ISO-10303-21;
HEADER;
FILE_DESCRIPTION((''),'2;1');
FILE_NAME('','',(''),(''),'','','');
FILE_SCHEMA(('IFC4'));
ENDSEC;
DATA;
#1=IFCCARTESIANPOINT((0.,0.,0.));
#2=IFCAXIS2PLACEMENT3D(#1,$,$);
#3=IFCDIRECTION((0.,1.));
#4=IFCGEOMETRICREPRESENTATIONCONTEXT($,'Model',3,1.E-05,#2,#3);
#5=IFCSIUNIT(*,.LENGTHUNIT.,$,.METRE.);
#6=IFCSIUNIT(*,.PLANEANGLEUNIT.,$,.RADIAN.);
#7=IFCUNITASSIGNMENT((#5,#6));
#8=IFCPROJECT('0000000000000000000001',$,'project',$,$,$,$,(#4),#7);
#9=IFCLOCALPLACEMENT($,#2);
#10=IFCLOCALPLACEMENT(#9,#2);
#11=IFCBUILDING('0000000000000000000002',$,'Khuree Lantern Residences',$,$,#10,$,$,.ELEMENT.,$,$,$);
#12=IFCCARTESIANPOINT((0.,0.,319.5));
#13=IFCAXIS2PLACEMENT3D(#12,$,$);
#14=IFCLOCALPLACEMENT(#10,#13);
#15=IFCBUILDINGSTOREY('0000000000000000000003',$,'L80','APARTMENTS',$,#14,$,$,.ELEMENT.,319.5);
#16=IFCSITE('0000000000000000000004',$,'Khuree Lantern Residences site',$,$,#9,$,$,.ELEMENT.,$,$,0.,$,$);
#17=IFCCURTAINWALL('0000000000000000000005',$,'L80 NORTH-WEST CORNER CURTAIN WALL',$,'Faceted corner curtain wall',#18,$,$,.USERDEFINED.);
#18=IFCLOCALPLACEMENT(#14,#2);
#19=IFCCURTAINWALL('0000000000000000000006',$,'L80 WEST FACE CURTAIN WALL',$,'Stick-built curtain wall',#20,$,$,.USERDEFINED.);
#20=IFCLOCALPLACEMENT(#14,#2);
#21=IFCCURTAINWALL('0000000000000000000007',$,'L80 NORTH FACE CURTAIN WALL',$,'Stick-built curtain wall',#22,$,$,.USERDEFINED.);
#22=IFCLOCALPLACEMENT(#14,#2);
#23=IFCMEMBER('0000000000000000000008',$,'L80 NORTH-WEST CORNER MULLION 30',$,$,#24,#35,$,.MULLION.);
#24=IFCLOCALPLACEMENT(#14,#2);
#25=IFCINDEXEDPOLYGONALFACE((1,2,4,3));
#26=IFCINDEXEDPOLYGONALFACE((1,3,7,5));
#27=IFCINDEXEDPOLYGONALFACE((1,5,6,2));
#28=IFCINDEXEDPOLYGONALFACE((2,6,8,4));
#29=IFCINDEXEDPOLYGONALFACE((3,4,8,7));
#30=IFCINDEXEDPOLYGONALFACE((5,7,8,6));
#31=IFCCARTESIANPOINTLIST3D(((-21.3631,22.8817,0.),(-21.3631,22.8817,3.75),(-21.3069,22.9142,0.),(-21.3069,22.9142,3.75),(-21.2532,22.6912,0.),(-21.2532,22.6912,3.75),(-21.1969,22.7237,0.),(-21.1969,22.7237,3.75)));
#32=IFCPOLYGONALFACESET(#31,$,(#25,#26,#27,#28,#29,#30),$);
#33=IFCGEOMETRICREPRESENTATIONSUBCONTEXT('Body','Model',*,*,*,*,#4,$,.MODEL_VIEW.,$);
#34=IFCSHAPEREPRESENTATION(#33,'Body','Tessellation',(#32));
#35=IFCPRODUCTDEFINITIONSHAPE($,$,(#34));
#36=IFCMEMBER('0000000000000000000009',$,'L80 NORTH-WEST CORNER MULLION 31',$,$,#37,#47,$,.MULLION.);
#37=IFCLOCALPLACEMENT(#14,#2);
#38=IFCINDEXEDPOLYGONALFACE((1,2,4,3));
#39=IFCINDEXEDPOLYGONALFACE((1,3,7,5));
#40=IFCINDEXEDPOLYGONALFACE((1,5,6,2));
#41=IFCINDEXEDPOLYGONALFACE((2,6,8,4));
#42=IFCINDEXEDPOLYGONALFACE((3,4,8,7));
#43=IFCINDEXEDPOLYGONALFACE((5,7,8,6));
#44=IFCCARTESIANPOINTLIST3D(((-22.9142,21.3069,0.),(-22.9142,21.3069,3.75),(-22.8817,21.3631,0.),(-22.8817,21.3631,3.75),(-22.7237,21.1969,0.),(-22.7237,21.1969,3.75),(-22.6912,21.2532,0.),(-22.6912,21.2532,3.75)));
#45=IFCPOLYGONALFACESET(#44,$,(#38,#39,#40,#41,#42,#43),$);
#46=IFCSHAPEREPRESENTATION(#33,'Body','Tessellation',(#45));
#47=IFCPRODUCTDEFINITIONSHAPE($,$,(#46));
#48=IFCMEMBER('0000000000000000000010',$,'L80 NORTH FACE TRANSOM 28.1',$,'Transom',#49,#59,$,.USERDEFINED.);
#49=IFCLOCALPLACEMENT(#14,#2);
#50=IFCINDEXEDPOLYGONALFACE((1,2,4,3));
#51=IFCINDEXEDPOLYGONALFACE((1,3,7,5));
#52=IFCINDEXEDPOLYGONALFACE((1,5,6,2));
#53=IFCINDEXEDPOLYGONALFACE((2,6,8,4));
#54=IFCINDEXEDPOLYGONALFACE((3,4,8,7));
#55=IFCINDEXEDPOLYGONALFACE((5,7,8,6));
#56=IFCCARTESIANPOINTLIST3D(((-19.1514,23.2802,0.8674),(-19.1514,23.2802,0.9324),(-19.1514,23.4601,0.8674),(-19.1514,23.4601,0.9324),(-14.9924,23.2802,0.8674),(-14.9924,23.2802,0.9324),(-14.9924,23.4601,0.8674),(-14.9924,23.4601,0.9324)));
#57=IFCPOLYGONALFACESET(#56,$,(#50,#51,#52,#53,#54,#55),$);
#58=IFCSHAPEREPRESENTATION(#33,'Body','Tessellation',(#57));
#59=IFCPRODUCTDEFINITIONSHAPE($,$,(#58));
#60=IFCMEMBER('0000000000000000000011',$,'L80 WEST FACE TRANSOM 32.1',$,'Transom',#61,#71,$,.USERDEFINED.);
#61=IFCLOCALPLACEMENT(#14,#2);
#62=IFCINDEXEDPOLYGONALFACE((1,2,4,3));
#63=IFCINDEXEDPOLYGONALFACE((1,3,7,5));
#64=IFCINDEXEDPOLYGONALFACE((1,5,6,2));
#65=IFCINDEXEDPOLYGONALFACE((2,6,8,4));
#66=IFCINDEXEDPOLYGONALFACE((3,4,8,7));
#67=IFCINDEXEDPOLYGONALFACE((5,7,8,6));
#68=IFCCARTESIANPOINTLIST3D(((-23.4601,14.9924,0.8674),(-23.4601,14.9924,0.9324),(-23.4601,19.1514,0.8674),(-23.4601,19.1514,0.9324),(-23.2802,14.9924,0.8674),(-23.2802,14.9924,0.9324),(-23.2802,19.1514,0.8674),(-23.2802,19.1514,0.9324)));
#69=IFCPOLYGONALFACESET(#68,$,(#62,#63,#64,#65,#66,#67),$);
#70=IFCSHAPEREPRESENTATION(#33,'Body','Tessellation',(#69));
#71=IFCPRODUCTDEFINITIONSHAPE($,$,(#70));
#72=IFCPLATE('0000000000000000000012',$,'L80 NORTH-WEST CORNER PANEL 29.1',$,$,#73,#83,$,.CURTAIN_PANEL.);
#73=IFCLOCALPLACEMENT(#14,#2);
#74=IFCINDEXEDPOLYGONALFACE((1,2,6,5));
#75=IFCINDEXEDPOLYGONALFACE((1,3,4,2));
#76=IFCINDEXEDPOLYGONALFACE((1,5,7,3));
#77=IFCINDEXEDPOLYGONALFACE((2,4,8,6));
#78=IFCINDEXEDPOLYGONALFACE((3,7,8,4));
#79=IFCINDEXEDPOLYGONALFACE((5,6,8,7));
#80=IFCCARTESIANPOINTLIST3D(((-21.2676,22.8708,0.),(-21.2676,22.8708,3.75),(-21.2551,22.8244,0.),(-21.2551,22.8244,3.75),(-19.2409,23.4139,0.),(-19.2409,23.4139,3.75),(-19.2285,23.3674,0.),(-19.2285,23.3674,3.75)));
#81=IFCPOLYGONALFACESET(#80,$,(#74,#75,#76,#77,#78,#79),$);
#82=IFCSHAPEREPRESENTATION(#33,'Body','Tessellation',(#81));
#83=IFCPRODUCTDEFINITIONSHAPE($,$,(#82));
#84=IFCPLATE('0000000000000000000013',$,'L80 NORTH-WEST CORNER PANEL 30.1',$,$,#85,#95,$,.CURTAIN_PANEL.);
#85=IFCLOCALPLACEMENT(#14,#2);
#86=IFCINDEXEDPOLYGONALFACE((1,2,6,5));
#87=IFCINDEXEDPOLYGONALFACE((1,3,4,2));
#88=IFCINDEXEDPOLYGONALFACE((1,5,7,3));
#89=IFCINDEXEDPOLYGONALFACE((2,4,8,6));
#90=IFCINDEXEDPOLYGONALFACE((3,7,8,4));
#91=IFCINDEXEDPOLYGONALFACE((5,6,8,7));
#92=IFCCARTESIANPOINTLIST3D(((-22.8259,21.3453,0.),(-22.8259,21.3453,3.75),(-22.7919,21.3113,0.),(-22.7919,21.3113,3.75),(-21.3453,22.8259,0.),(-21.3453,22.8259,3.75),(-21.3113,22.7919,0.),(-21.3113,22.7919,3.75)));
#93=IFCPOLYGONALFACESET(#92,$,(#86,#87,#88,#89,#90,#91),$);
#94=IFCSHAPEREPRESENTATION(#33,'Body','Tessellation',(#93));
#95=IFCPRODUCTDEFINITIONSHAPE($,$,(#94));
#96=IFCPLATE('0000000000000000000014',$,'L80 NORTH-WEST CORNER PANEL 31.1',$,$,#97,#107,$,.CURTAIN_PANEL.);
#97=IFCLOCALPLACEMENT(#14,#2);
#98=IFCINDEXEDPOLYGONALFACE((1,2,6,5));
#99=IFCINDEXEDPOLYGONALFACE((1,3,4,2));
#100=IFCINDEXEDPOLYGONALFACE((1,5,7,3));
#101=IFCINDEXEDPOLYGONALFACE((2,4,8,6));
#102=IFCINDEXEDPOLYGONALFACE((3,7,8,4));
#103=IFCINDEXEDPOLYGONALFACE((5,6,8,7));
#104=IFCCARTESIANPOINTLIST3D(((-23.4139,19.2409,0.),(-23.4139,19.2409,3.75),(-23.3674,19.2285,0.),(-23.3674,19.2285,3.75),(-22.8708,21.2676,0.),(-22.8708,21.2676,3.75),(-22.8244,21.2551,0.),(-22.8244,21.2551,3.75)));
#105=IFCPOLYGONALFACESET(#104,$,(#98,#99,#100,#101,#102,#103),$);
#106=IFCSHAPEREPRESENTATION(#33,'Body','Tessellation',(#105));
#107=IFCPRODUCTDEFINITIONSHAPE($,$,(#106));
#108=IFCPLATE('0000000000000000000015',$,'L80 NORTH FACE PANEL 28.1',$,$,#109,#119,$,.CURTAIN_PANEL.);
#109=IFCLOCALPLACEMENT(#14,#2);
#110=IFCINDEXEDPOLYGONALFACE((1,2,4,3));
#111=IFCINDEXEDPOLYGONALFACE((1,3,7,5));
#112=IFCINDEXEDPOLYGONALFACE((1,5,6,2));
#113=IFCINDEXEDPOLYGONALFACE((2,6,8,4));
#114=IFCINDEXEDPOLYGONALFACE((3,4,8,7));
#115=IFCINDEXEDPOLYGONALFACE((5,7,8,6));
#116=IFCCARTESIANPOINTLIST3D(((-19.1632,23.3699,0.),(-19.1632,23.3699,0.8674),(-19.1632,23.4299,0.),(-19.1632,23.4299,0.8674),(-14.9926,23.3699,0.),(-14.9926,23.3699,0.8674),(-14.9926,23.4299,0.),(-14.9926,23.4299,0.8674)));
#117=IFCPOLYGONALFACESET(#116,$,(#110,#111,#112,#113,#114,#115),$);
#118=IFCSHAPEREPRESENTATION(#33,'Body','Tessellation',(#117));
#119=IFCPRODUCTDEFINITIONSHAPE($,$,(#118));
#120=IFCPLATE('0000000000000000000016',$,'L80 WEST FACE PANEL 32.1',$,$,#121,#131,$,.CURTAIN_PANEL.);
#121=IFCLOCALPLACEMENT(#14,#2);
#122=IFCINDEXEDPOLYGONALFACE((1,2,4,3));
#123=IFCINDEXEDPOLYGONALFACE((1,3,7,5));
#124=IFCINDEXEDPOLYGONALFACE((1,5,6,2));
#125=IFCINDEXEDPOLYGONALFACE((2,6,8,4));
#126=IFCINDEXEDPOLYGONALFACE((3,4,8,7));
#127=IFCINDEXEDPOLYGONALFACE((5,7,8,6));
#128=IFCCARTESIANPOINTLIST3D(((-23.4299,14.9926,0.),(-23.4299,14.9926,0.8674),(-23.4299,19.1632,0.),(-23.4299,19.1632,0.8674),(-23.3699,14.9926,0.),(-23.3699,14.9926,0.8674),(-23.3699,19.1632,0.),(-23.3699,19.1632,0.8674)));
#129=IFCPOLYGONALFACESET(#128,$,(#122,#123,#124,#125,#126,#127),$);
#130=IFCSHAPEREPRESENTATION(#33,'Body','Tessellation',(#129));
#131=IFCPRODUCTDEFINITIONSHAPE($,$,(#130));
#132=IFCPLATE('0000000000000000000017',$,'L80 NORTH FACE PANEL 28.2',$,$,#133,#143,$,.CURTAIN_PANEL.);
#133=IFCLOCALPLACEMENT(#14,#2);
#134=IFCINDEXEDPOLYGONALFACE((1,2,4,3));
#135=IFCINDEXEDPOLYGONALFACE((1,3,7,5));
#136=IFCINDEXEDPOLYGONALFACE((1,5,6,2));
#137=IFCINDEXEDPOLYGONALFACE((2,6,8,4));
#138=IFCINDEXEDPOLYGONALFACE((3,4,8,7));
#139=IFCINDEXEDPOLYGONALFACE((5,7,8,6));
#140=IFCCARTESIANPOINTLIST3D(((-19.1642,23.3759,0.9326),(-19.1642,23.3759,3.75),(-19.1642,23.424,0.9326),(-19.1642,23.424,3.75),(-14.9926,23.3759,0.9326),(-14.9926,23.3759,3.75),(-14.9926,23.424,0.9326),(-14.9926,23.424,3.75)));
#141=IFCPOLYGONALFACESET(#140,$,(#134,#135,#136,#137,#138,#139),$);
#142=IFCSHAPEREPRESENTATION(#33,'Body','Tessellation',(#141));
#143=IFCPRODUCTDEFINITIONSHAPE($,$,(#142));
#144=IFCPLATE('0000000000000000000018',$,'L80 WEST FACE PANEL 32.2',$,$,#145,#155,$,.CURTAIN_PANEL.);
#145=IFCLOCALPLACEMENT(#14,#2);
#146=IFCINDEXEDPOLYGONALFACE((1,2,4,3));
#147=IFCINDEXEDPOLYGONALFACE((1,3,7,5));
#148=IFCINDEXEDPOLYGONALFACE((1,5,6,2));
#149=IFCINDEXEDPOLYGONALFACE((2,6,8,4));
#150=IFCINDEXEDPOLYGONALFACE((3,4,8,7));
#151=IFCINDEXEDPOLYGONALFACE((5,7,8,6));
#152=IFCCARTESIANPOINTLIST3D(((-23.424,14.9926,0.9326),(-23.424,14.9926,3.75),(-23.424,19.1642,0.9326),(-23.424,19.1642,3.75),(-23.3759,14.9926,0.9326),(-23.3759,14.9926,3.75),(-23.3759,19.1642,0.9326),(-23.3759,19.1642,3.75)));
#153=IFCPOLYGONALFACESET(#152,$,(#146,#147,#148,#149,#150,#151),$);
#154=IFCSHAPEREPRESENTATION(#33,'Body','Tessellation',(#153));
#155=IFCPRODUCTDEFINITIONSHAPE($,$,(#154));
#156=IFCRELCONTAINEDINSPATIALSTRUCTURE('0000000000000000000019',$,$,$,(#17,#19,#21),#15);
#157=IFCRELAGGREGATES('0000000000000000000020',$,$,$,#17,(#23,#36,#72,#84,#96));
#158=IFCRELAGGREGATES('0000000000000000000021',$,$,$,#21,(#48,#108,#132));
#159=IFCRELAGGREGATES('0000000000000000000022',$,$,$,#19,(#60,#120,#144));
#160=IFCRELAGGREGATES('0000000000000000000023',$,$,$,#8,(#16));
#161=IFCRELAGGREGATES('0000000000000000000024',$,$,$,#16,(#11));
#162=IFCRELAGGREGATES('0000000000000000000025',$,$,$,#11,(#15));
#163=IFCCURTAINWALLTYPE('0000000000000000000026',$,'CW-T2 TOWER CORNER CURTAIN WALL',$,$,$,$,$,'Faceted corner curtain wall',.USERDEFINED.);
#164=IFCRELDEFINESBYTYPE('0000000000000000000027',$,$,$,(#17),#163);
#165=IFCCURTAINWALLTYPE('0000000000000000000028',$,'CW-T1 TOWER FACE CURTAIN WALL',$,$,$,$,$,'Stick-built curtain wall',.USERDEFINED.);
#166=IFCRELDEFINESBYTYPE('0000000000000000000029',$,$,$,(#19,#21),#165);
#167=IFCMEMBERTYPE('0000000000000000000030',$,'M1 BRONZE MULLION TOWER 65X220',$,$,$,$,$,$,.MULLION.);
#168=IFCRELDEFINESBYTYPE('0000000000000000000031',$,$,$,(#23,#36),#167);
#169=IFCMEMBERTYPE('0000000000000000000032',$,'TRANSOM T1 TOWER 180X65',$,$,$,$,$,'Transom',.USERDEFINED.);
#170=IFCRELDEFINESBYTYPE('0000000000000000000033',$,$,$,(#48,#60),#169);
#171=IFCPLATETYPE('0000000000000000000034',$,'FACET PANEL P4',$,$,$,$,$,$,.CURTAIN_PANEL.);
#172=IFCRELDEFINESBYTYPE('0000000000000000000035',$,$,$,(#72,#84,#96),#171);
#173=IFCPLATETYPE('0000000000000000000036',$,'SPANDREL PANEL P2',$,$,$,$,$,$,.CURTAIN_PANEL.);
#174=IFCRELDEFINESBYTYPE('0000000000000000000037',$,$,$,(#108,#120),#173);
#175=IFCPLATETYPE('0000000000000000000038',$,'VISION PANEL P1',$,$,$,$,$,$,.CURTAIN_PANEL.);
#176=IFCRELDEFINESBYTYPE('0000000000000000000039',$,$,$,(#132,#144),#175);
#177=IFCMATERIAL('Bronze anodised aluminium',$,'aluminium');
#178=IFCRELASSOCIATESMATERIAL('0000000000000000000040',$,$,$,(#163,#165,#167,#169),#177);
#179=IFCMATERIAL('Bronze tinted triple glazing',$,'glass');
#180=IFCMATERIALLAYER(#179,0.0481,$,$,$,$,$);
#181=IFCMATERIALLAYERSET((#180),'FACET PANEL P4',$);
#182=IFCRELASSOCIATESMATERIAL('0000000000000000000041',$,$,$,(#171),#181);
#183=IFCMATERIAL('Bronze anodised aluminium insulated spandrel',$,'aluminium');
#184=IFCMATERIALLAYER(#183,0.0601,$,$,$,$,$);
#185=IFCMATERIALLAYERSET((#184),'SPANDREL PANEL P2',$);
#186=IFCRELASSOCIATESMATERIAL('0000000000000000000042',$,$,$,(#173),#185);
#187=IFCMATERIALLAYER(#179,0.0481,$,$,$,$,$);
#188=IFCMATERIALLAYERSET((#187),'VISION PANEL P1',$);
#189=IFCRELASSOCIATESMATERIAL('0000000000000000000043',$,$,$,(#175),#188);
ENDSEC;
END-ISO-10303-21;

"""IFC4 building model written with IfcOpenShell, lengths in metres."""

from ifc_helpers import new_model, si_unit, direction, frame, origin, origin_2d, place, context, subcontext, project, spatial, rectangle, extrude, material, layer, layer_set, material_profile, profile_set, type_object, element, aggregate, save


model = new_model("IFC4")

# Units and contexts
model_context = context("Model", 3, precision=1e-05, world=origin(), true_north=direction((0.0, 1.0)))
body_context = subcontext(model_context, "Body", "Model", "MODEL_VIEW")
ifc_project = project(units=[si_unit("LENGTHUNIT", "METRE"), si_unit("PLANEANGLEUNIT", "RADIAN")], contexts=[model_context])

# Site, building, storey
site_placement = place(None, origin())
site = spatial("IfcSite", under=ifc_project, at=site_placement, Name="Khuree Lantern Residences site", CompositionType="ELEMENT", RefElevation=0.0)
building_placement = place(site_placement, origin())
building = spatial("IfcBuilding", under=site, at=building_placement, Name="Khuree Lantern Residences", CompositionType="ELEMENT")
storey_placement = place(building_placement, frame((0.0, 0.0, 319.5)))
storey = spatial("IfcBuildingStorey", under=building, at=storey_placement, Name="L80", Description="APARTMENTS", CompositionType="ELEMENT", Elevation=319.5)

# Curtain walls
ifc_material_1 = material(Name="Bronze anodised aluminium", Category="aluminium")
curtain_wall_type_1 = type_object("IfcCurtainWallType", Name="CW-T2 TOWER CORNER CURTAIN WALL", ElementType="Faceted corner curtain wall", PredefinedType="USERDEFINED", material=ifc_material_1)
curtain_wall_1_placement = place(storey_placement, origin())
curtain_wall_1 = element("IfcCurtainWall", 1, at=curtain_wall_1_placement, inside=storey, type_object=curtain_wall_type_1, Name="L80 NORTH-WEST CORNER CURTAIN WALL", ObjectType="Faceted corner curtain wall", PredefinedType="USERDEFINED")
curtain_wall_type_2 = type_object("IfcCurtainWallType", Name="CW-T1 TOWER FACE CURTAIN WALL", ElementType="Stick-built curtain wall", PredefinedType="USERDEFINED", material=ifc_material_1)
curtain_wall_2_placement = place(storey_placement, origin())
curtain_wall_2 = element("IfcCurtainWall", 2, at=curtain_wall_2_placement, inside=storey, type_object=curtain_wall_type_2, Name="L80 WEST FACE CURTAIN WALL", ObjectType="Stick-built curtain wall", PredefinedType="USERDEFINED")

# Curtain wall
curtain_wall_3_placement = place(storey_placement, origin())
curtain_wall_3 = element("IfcCurtainWall", 3, at=curtain_wall_3_placement, inside=storey, type_object=curtain_wall_type_2, Name="L80 NORTH FACE CURTAIN WALL", ObjectType="Stick-built curtain wall", PredefinedType="USERDEFINED")
ifc_material_profile_1 = material_profile(ifc_material_1, rectangle(XDim=0.0649, YDim=0.22, at=origin_2d()), Name="M1 65X220")
ifc_profile_set_1 = profile_set([ifc_material_profile_1], Name="Bronze anodised aluminium")
member_type_1 = type_object("IfcMemberType", Name="M1 BRONZE MULLION TOWER 65X220", PredefinedType="MULLION", material=ifc_profile_set_1)

# Members
member_1_placement = place(storey_placement, frame((-21.28, 22.8027, 0.0), z_axis=(0.0, 0.0, 1.0), x_axis=(-0.866025, -0.5, 0.0)))
member_1 = element("IfcMember", 4, at=member_1_placement, type_object=member_type_1, Name="L80 NORTH-WEST CORNER MULLION 30", PredefinedType="MULLION", context=body_context, shape_type="SweptSolid", body=[
    extrude(rectangle(XDim=0.0649, YDim=0.22, at=origin_2d()), origin(), (0.0, 0.0, 1.0), 3.75),
])
member_2_placement = place(storey_placement, frame((-22.8027, 21.28, 0.0), z_axis=(0.0, 0.0, 1.0), x_axis=(-0.5, -0.866025, 0.0)))
member_2 = element("IfcMember", 5, at=member_2_placement, type_object=member_type_1, Name="L80 NORTH-WEST CORNER MULLION 31", PredefinedType="MULLION", context=body_context, shape_type="SweptSolid", body=[
    extrude(rectangle(XDim=0.0649, YDim=0.22, at=origin_2d()), origin(), (0.0, 0.0, 1.0), 3.75),
])
ifc_material_profile_2 = material_profile(ifc_material_1, rectangle(XDim=0.1799, YDim=0.0649, at=origin_2d()), Name="T1 180X65")
ifc_profile_set_2 = profile_set([ifc_material_profile_2], Name="Bronze anodised aluminium")
member_type_2 = type_object("IfcMemberType", Name="TRANSOM T1 TOWER 180X65", ElementType="Transom", PredefinedType="USERDEFINED", material=ifc_profile_set_2)
member_3_placement = place(storey_placement, frame((-14.9924, 23.3701, 0.8999), z_axis=(-1.0, 0.0, 0.0), x_axis=(0.0, -1.0, 0.0)))
member_3 = element("IfcMember", 6, at=member_3_placement, type_object=member_type_2, Name="L80 NORTH FACE TRANSOM 28.1", ObjectType="Transom", PredefinedType="USERDEFINED", context=body_context, shape_type="SweptSolid", body=[
    extrude(rectangle(XDim=0.1799, YDim=0.0649, at=origin_2d()), origin(), (0.0, 0.0, 1.0), 4.1589),
])
member_4_placement = place(storey_placement, frame((-23.3701, 19.1514, 0.8999), z_axis=(0.0, -1.0, 0.0), x_axis=(1.0, 0.0, 0.0)))
member_4 = element("IfcMember", 7, at=member_4_placement, type_object=member_type_2, Name="L80 WEST FACE TRANSOM 32.1", ObjectType="Transom", PredefinedType="USERDEFINED", context=body_context, shape_type="SweptSolid", body=[
    extrude(rectangle(XDim=0.1799, YDim=0.0649, at=origin_2d()), origin(), (0.0, 0.0, 1.0), 4.1589),
])

# Plates
ifc_material_2 = material(Name="Bronze tinted triple glazing", Category="glass")
ifc_layer_1 = layer(ifc_material_2, 0.0481)
ifc_layer_set_1 = layer_set([ifc_layer_1], Name="FACET PANEL P4")
plate_type_1 = type_object("IfcPlateType", Name="FACET PANEL P4", PredefinedType="CURTAIN_PANEL", material=ifc_layer_set_1)
plate_1_placement = place(storey_placement, frame((-20.248, 23.1191, 0.0), z_axis=(0.0, 0.0, 1.0), x_axis=(-0.965926, -0.258819, 0.0)))
plate_1 = element("IfcPlate", 8, at=plate_1_placement, type_object=plate_type_1, Name="L80 NORTH-WEST CORNER PANEL 29.1", PredefinedType="CURTAIN_PANEL", context=body_context, shape_type="SweptSolid", body=[
    extrude(rectangle(XDim=2.0981, YDim=0.0481, at=origin_2d()), origin(), (0.0, 0.0, 1.0), 3.75),
])
plate_2_placement = place(storey_placement, frame((-22.0686, 22.0686, 0.0), z_axis=(0.0, 0.0, 1.0), x_axis=(-0.707107, -0.707107, 0.0)))
plate_2 = element("IfcPlate", 9, at=plate_2_placement, type_object=plate_type_1, Name="L80 NORTH-WEST CORNER PANEL 30.1", PredefinedType="CURTAIN_PANEL", context=body_context, shape_type="SweptSolid", body=[
    extrude(rectangle(XDim=2.094, YDim=0.0481, at=origin_2d()), origin(), (0.0, 0.0, 1.0), 3.75),
])
plate_3_placement = place(storey_placement, frame((-23.1191, 20.248, 0.0), z_axis=(0.0, 0.0, 1.0), x_axis=(-0.258819, -0.965926, 0.0)))
plate_3 = element("IfcPlate", 10, at=plate_3_placement, type_object=plate_type_1, Name="L80 NORTH-WEST CORNER PANEL 31.1", PredefinedType="CURTAIN_PANEL", context=body_context, shape_type="SweptSolid", body=[
    extrude(rectangle(XDim=2.0981, YDim=0.0481, at=origin_2d()), origin(), (0.0, 0.0, 1.0), 3.75),
])
aggregate(curtain_wall_1, [member_1, member_2, plate_1, plate_2, plate_3])
ifc_material_3 = material(Name="Bronze anodised aluminium insulated spandrel", Category="aluminium")
ifc_layer_2 = layer(ifc_material_3, 0.0601)
ifc_layer_set_2 = layer_set([ifc_layer_2], Name="SPANDREL PANEL P2")
plate_type_2 = type_object("IfcPlateType", Name="SPANDREL PANEL P2", PredefinedType="CURTAIN_PANEL", material=ifc_layer_set_2)
plate_4_placement = place(storey_placement, frame((-17.0779, 23.3999, 0.0), z_axis=(0.0, 0.0, 1.0), x_axis=(-1.0, 0.0, 0.0)))
plate_4 = element("IfcPlate", 11, at=plate_4_placement, type_object=plate_type_2, Name="L80 NORTH FACE PANEL 28.1", PredefinedType="CURTAIN_PANEL", context=body_context, shape_type="SweptSolid", body=[
    extrude(rectangle(XDim=4.1707, YDim=0.0601, at=origin_2d()), origin(), (0.0, 0.0, 1.0), 0.8674),
])
plate_5_placement = place(storey_placement, frame((-23.3999, 17.0779, 0.0), z_axis=(0.0, 0.0, 1.0), x_axis=(0.0, -1.0, 0.0)))
plate_5 = element("IfcPlate", 12, at=plate_5_placement, type_object=plate_type_2, Name="L80 WEST FACE PANEL 32.1", PredefinedType="CURTAIN_PANEL", context=body_context, shape_type="SweptSolid", body=[
    extrude(rectangle(XDim=4.1707, YDim=0.0601, at=origin_2d()), origin(), (0.0, 0.0, 1.0), 0.8674),
])
ifc_layer_3 = layer(ifc_material_2, 0.0481)
ifc_layer_set_3 = layer_set([ifc_layer_3], Name="VISION PANEL P1")
plate_type_3 = type_object("IfcPlateType", Name="VISION PANEL P1", PredefinedType="CURTAIN_PANEL", material=ifc_layer_set_3)
plate_6_placement = place(storey_placement, frame((-17.0784, 23.3999, 0.9326), z_axis=(0.0, 0.0, 1.0), x_axis=(-1.0, 0.0, 0.0)))
plate_6 = element("IfcPlate", 13, at=plate_6_placement, type_object=plate_type_3, Name="L80 NORTH FACE PANEL 28.2", PredefinedType="CURTAIN_PANEL", context=body_context, shape_type="SweptSolid", body=[
    extrude(rectangle(XDim=4.1716, YDim=0.0481, at=origin_2d()), origin(), (0.0, 0.0, 1.0), 2.8174),
])
aggregate(curtain_wall_3, [member_3, plate_4, plate_6])
plate_7_placement = place(storey_placement, frame((-23.3999, 17.0784, 0.9326), z_axis=(0.0, 0.0, 1.0), x_axis=(0.0, -1.0, 0.0)))
plate_7 = element("IfcPlate", 14, at=plate_7_placement, type_object=plate_type_3, Name="L80 WEST FACE PANEL 32.2", PredefinedType="CURTAIN_PANEL", context=body_context, shape_type="SweptSolid", body=[
    extrude(rectangle(XDim=4.1716, YDim=0.0481, at=origin_2d()), origin(), (0.0, 0.0, 1.0), 2.8174),
])
aggregate(curtain_wall_2, [member_4, plate_5, plate_7])

save(model, "model.ifc")
